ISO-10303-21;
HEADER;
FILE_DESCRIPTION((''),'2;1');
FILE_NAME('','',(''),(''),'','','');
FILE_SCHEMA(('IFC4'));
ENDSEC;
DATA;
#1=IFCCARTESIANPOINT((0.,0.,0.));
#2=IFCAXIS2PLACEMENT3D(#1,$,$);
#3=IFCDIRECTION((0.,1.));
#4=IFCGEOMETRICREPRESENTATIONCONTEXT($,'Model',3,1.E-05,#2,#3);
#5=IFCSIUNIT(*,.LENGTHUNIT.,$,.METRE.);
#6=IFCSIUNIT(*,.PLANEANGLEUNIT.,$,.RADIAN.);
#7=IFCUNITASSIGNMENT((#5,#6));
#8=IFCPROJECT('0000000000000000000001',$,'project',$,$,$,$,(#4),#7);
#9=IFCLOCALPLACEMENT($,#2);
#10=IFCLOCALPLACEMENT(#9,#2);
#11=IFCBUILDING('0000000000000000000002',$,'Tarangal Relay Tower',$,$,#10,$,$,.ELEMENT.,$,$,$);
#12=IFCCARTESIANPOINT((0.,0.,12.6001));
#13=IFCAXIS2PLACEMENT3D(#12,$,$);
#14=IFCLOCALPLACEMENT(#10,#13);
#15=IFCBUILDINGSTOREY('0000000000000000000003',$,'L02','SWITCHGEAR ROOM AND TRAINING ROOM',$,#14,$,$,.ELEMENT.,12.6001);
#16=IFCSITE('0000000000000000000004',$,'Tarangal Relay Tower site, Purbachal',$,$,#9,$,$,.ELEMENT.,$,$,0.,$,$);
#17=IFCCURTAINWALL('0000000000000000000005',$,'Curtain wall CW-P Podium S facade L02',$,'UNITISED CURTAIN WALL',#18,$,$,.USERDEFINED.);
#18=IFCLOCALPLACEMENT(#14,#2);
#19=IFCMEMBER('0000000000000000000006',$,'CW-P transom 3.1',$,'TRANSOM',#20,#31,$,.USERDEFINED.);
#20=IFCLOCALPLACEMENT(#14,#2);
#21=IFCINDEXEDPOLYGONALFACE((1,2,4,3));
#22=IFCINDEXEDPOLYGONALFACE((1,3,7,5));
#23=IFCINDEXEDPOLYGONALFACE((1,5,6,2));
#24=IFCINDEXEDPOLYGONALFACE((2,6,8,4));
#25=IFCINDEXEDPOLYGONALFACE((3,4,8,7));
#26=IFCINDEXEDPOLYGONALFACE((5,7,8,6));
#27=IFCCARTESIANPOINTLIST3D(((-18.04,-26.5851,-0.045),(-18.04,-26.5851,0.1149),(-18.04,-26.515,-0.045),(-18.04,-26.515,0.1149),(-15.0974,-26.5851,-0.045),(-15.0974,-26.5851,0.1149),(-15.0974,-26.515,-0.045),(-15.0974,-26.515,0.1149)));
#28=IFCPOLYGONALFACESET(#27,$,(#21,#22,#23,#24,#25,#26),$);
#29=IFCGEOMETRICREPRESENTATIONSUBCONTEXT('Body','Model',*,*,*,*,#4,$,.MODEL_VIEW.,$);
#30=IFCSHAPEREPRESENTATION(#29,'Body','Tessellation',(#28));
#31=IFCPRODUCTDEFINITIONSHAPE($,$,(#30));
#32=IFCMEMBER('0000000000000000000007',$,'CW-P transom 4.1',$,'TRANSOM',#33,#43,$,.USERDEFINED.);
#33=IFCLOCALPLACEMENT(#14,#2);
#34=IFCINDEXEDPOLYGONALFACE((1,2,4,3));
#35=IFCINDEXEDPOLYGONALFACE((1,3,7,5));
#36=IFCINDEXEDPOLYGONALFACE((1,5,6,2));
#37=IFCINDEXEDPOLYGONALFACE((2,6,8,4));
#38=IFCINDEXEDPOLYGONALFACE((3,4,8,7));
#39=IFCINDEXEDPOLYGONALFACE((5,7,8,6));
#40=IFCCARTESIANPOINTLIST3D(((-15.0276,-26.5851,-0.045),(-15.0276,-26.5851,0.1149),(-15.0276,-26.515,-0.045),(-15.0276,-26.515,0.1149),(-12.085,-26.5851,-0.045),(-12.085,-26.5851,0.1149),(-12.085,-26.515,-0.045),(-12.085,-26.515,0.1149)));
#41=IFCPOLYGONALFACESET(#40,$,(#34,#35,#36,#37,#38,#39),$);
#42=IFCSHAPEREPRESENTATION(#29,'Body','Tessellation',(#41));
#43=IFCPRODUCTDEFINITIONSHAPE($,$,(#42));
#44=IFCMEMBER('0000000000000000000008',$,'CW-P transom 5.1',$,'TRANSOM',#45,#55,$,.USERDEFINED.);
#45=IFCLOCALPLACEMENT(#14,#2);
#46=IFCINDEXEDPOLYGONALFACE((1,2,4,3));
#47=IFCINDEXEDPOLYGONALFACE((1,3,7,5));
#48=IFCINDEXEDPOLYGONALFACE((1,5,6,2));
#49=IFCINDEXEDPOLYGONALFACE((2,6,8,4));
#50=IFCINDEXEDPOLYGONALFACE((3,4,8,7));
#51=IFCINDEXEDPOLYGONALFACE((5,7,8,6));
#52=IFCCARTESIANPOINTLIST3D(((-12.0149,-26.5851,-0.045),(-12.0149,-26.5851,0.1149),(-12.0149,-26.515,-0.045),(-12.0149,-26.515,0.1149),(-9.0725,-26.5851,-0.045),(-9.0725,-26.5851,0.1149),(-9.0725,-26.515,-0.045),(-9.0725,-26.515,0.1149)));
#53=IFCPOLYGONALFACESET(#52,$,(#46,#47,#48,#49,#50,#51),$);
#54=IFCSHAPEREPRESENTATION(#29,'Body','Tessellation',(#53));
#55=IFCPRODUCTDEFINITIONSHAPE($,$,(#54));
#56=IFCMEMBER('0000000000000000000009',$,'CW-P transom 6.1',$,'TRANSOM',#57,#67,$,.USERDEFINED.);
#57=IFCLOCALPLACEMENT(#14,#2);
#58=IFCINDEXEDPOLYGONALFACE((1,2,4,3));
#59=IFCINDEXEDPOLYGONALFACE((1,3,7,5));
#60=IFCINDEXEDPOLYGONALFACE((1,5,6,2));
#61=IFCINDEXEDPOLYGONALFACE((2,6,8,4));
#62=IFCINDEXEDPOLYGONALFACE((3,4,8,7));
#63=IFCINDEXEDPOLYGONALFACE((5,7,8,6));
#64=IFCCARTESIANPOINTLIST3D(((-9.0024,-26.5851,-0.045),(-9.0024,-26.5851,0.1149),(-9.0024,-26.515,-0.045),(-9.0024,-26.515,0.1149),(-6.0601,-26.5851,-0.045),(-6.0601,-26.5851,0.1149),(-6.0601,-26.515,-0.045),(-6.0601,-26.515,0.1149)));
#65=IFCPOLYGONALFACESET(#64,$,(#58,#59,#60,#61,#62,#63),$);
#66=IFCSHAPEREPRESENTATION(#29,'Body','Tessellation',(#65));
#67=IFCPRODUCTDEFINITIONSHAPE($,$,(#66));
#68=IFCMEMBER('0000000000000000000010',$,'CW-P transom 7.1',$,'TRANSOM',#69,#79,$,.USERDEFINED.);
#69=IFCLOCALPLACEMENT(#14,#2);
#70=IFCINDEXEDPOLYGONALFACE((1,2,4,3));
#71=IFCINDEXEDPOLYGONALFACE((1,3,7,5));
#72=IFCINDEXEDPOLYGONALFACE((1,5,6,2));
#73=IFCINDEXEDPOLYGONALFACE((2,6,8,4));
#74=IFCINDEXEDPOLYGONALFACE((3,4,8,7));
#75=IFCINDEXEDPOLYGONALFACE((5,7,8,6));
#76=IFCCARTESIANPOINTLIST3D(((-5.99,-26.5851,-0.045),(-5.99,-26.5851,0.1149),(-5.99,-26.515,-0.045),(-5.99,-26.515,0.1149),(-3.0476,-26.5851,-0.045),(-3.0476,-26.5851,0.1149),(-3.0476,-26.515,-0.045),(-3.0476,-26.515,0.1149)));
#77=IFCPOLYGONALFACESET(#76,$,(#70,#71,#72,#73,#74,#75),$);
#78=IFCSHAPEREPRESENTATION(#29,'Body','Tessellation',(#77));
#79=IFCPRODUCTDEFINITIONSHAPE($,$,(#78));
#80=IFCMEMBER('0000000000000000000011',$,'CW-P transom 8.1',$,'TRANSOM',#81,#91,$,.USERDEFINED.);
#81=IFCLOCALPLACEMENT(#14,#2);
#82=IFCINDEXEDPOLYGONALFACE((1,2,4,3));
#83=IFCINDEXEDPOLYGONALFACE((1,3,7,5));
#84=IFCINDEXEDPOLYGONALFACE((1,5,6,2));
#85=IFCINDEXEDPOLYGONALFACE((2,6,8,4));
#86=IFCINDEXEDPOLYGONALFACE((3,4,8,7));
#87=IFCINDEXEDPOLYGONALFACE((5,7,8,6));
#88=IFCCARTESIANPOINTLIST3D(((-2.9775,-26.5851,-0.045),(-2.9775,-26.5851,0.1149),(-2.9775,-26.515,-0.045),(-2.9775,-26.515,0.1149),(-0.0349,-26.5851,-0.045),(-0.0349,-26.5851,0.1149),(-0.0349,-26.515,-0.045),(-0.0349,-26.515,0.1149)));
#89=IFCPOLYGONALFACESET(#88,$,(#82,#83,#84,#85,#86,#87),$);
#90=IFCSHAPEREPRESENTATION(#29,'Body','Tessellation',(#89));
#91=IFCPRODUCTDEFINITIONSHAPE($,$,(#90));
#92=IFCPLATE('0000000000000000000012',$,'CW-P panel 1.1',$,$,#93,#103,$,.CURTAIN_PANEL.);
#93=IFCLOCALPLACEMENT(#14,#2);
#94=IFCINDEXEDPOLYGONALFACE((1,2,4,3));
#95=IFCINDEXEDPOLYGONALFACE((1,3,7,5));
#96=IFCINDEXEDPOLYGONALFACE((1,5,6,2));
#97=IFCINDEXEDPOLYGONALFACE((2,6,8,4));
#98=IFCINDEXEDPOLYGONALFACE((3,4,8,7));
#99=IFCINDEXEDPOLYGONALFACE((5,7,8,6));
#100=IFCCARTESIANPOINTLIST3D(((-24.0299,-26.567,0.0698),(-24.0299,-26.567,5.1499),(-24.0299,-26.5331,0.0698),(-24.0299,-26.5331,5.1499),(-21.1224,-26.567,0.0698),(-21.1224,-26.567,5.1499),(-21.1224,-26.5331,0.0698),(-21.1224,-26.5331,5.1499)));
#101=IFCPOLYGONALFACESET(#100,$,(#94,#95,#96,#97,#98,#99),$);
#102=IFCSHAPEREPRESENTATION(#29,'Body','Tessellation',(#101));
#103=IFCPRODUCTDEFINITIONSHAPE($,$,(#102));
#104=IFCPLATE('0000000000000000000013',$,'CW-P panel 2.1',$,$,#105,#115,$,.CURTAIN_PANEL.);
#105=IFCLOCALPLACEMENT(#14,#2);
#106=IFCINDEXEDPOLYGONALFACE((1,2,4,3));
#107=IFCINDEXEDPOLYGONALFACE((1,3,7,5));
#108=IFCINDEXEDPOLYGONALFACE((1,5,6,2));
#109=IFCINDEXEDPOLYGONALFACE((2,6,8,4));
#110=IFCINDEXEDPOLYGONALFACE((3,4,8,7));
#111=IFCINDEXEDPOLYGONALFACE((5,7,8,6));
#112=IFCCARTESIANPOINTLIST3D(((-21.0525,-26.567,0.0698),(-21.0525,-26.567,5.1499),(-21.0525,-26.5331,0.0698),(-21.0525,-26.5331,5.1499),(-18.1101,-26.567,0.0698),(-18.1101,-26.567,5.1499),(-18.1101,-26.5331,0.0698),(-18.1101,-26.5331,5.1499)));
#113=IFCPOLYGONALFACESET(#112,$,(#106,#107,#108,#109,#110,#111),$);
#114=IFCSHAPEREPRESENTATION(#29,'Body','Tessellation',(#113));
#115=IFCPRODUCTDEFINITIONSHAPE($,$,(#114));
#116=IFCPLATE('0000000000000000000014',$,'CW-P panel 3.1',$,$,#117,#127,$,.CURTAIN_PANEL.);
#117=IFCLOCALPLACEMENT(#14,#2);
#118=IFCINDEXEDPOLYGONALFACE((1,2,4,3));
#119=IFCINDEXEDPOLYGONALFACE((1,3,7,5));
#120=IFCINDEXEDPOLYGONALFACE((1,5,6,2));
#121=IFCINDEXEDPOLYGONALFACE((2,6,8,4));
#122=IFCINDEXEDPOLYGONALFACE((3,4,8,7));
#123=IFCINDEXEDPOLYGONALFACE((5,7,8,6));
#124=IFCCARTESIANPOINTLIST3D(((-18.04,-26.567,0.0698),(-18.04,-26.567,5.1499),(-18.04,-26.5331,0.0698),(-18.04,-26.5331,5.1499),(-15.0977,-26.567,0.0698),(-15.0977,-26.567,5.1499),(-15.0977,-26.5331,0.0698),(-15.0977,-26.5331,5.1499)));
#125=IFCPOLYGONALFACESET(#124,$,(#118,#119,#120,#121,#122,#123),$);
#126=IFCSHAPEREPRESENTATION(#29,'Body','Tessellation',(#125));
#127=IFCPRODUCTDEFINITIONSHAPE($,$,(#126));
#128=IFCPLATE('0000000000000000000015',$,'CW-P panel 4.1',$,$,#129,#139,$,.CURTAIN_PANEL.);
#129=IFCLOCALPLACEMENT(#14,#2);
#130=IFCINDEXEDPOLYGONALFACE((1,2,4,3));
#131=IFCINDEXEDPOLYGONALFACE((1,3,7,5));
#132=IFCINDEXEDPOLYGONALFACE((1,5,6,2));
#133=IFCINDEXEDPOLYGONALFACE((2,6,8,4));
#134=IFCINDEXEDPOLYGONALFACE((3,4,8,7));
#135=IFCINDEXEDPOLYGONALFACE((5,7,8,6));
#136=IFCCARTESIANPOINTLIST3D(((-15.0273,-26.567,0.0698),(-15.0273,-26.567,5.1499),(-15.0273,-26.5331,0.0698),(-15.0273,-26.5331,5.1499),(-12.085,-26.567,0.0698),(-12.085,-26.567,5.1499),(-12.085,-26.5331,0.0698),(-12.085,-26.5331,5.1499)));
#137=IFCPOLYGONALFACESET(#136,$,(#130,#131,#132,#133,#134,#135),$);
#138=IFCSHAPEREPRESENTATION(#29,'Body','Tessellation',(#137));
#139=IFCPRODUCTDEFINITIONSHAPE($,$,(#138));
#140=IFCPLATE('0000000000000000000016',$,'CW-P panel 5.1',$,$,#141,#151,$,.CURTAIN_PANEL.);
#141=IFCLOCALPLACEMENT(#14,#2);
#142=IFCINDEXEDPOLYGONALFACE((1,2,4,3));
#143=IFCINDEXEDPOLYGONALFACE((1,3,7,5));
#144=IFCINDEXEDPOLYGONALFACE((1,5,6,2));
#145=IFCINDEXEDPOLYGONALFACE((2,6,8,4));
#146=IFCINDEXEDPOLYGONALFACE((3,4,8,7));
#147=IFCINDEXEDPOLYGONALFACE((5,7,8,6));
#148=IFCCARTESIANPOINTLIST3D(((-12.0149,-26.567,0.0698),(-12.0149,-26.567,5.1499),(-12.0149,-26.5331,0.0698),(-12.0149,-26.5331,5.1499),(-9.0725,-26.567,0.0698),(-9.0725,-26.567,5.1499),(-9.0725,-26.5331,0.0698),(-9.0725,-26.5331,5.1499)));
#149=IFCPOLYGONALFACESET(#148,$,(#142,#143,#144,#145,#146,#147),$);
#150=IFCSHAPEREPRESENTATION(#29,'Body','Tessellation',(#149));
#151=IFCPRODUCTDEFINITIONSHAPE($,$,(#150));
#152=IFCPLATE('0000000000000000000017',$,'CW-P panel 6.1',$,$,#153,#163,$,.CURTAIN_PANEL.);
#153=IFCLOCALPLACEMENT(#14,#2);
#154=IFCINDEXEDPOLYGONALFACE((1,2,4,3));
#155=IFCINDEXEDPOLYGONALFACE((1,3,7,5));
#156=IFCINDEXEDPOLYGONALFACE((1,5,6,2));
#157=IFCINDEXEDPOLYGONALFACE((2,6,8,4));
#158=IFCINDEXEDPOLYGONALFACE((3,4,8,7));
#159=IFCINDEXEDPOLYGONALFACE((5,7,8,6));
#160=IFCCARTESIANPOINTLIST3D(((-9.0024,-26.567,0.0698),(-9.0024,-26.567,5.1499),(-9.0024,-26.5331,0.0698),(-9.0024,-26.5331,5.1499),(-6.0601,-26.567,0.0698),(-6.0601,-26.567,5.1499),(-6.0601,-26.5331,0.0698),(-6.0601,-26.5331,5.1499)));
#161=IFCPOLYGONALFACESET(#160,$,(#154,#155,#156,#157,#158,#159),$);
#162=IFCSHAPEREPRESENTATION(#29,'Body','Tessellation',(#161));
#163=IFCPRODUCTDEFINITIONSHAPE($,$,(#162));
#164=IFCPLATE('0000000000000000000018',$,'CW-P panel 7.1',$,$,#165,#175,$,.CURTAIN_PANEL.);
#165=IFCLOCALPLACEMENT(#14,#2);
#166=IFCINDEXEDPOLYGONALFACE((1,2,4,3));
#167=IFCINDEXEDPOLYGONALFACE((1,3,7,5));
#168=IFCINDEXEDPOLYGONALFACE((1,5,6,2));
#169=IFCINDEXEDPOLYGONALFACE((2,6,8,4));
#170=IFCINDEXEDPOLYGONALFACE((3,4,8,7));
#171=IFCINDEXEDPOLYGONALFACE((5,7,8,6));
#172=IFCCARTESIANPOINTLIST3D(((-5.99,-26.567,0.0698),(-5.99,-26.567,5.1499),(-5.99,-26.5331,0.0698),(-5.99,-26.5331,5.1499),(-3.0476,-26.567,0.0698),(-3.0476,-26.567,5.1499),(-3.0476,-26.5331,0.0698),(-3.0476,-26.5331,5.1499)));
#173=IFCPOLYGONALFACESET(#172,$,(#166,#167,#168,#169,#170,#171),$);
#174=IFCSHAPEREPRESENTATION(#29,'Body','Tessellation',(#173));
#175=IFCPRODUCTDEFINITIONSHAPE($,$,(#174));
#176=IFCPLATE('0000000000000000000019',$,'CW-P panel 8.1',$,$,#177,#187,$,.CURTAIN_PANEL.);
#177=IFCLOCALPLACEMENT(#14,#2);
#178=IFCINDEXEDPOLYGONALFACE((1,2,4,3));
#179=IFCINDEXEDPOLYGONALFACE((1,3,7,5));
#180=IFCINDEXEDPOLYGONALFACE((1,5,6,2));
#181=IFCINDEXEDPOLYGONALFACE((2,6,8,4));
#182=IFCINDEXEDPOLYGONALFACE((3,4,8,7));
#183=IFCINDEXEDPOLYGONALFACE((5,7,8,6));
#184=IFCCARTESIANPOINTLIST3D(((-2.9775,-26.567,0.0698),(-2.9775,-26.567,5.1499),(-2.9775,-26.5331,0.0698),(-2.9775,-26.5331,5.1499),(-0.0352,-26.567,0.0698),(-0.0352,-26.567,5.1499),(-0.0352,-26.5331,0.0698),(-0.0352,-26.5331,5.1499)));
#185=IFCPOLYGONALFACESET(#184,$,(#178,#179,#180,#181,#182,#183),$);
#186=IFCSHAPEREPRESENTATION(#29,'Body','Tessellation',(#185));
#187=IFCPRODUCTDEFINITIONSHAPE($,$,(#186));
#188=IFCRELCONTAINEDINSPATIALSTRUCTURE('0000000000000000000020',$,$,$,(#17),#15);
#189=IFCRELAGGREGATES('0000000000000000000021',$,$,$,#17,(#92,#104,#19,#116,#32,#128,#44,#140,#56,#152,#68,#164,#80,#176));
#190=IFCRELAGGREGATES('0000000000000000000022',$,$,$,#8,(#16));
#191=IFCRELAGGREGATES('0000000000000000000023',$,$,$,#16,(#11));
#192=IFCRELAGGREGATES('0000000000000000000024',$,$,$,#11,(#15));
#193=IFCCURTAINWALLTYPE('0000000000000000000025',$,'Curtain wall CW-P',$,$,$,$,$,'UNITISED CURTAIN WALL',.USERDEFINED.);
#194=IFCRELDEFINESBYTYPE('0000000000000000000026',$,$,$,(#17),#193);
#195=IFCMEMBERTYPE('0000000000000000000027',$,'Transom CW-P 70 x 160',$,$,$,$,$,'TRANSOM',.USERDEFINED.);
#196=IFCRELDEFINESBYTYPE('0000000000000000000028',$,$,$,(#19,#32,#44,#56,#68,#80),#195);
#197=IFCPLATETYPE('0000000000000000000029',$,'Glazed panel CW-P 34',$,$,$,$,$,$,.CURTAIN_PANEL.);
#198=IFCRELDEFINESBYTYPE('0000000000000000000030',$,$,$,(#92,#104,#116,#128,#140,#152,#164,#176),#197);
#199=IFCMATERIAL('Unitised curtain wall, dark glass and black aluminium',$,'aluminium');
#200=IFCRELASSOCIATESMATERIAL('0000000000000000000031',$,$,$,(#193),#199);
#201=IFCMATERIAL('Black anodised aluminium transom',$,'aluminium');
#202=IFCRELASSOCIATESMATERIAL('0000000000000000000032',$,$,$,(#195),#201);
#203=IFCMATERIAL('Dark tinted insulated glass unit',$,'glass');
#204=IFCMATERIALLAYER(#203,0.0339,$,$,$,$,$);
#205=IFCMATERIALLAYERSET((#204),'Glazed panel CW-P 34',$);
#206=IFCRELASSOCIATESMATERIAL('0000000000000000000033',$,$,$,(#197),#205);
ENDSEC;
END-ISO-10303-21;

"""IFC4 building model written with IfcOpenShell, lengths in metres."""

from ifc_helpers import new_model, si_unit, direction, frame, origin, origin_2d, place, context, subcontext, project, spatial, rectangle, extrude, material, layer, layer_set, material_profile, profile_set, type_object, element, aggregate, save


model = new_model("IFC4")

# Units and contexts
model_context = context("Model", 3, precision=1e-05, world=origin(), true_north=direction((0.0, 1.0)))
body_context = subcontext(model_context, "Body", "Model", "MODEL_VIEW")
ifc_project = project(units=[si_unit("LENGTHUNIT", "METRE"), si_unit("PLANEANGLEUNIT", "RADIAN")], contexts=[model_context])

# Site, building, storey
site_placement = place(None, origin())
site = spatial("IfcSite", under=ifc_project, at=site_placement, Name="Tarangal Relay Tower site, Purbachal", CompositionType="ELEMENT", RefElevation=0.0)
building_placement = place(site_placement, origin())
building = spatial("IfcBuilding", under=site, at=building_placement, Name="Tarangal Relay Tower", CompositionType="ELEMENT")
storey_placement = place(building_placement, frame((0.0, 0.0, 12.6001)))
storey = spatial("IfcBuildingStorey", under=building, at=storey_placement, Name="L02", Description="SWITCHGEAR ROOM AND TRAINING ROOM", CompositionType="ELEMENT", Elevation=12.6001)

# Curtain wall, members, plates
ifc_material_1 = material(Name="Unitised curtain wall, dark glass and black aluminium", Category="aluminium")
curtain_wall_type = type_object("IfcCurtainWallType", Name="Curtain wall CW-P", ElementType="UNITISED CURTAIN WALL", PredefinedType="USERDEFINED", material=ifc_material_1)
curtain_wall_placement = place(storey_placement, origin())
curtain_wall = element("IfcCurtainWall", 1, at=curtain_wall_placement, inside=storey, type_object=curtain_wall_type, Name="Curtain wall CW-P Podium S facade L02", ObjectType="UNITISED CURTAIN WALL", PredefinedType="USERDEFINED")
ifc_material_2 = material(Name="Black anodised aluminium transom", Category="aluminium")
ifc_material_profile_1 = material_profile(ifc_material_2, rectangle(XDim=0.0701, YDim=0.1599, at=origin_2d()), Name="CW-PT 70X160")
ifc_profile_set_1 = profile_set([ifc_material_profile_1], Name="Black anodised aluminium transom")
member_type_1 = type_object("IfcMemberType", Name="Transom CW-P 70 x 160", ElementType="TRANSOM", PredefinedType="USERDEFINED", material=ifc_profile_set_1)
member_1_placement = place(storey_placement, frame((-18.04, -26.55, 0.0349), z_axis=(1.0, 0.0, 0.0), x_axis=(0.0, 1.0, 0.0)))
member_1 = element("IfcMember", 2, at=member_1_placement, type_object=member_type_1, Name="CW-P transom 3.1", ObjectType="TRANSOM", PredefinedType="USERDEFINED", context=body_context, shape_type="SweptSolid", body=[
    extrude(rectangle(XDim=0.0701, YDim=0.1599, at=origin_2d()), origin(), (0.0, 0.0, 1.0), 2.9426),
])
member_2_placement = place(storey_placement, frame((-15.0276, -26.55, 0.0349), z_axis=(1.0, 0.0, 0.0), x_axis=(0.0, 1.0, 0.0)))
member_2 = element("IfcMember", 3, at=member_2_placement, type_object=member_type_1, Name="CW-P transom 4.1", ObjectType="TRANSOM", PredefinedType="USERDEFINED", context=body_context, shape_type="SweptSolid", body=[
    extrude(rectangle(XDim=0.0701, YDim=0.1599, at=origin_2d()), origin(), (0.0, 0.0, 1.0), 2.9426),
])
member_3_placement = place(storey_placement, frame((-12.0149, -26.55, 0.0349), z_axis=(1.0, 0.0, 0.0), x_axis=(0.0, 1.0, 0.0)))
member_3 = element("IfcMember", 4, at=member_3_placement, type_object=member_type_1, Name="CW-P transom 5.1", ObjectType="TRANSOM", PredefinedType="USERDEFINED", context=body_context, shape_type="SweptSolid", body=[
    extrude(rectangle(XDim=0.0701, YDim=0.1599, at=origin_2d()), origin(), (0.0, 0.0, 1.0), 2.9424),
])
member_4_placement = place(storey_placement, frame((-9.0024, -26.55, 0.0349), z_axis=(1.0, 0.0, 0.0), x_axis=(0.0, 1.0, 0.0)))
member_4 = element("IfcMember", 5, at=member_4_placement, type_object=member_type_1, Name="CW-P transom 6.1", ObjectType="TRANSOM", PredefinedType="USERDEFINED", context=body_context, shape_type="SweptSolid", body=[
    extrude(rectangle(XDim=0.0701, YDim=0.1599, at=origin_2d()), origin(), (0.0, 0.0, 1.0), 2.9424),
])
member_5_placement = place(storey_placement, frame((-5.99, -26.55, 0.0349), z_axis=(1.0, 0.0, 0.0), x_axis=(0.0, 1.0, 0.0)))
member_5 = element("IfcMember", 6, at=member_5_placement, type_object=member_type_1, Name="CW-P transom 7.1", ObjectType="TRANSOM", PredefinedType="USERDEFINED", context=body_context, shape_type="SweptSolid", body=[
    extrude(rectangle(XDim=0.0701, YDim=0.1599, at=origin_2d()), origin(), (0.0, 0.0, 1.0), 2.9424),
])
member_6_placement = place(storey_placement, frame((-2.9775, -26.55, 0.0349), z_axis=(1.0, 0.0, 0.0), x_axis=(0.0, 1.0, 0.0)))
member_6 = element("IfcMember", 7, at=member_6_placement, type_object=member_type_1, Name="CW-P transom 8.1", ObjectType="TRANSOM", PredefinedType="USERDEFINED", context=body_context, shape_type="SweptSolid", body=[
    extrude(rectangle(XDim=0.0701, YDim=0.1599, at=origin_2d()), origin(), (0.0, 0.0, 1.0), 2.9426),
])
ifc_material_3 = material(Name="Dark tinted insulated glass unit", Category="glass")
ifc_layer_1 = layer(ifc_material_3, 0.0339)
ifc_layer_set_1 = layer_set([ifc_layer_1], Name="Glazed panel CW-P 34")
plate_type = type_object("IfcPlateType", Name="Glazed panel CW-P 34", PredefinedType="CURTAIN_PANEL", material=ifc_layer_set_1)
plate_1_placement = place(storey_placement, frame((-22.5762, -26.55, 0.0698), z_axis=(0.0, 0.0, 1.0), x_axis=(1.0, 0.0, 0.0)))
plate_1 = element("IfcPlate", 8, at=plate_1_placement, type_object=plate_type, Name="CW-P panel 1.1", PredefinedType="CURTAIN_PANEL", context=body_context, shape_type="SweptSolid", body=[
    extrude(rectangle(XDim=2.9075, YDim=0.0339, at=origin_2d()), origin(), (0.0, 0.0, 1.0), 5.0801),
])
plate_2_placement = place(storey_placement, frame((-19.5813, -26.55, 0.0698), z_axis=(0.0, 0.0, 1.0), x_axis=(1.0, 0.0, 0.0)))
plate_2 = element("IfcPlate", 9, at=plate_2_placement, type_object=plate_type, Name="CW-P panel 2.1", PredefinedType="CURTAIN_PANEL", context=body_context, shape_type="SweptSolid", body=[
    extrude(rectangle(XDim=2.9424, YDim=0.0339, at=origin_2d()), origin(), (0.0, 0.0, 1.0), 5.0801),
])
plate_3_placement = place(storey_placement, frame((-16.5688, -26.55, 0.0698), z_axis=(0.0, 0.0, 1.0), x_axis=(1.0, 0.0, 0.0)))
plate_3 = element("IfcPlate", 10, at=plate_3_placement, type_object=plate_type, Name="CW-P panel 3.1", PredefinedType="CURTAIN_PANEL", context=body_context, shape_type="SweptSolid", body=[
    extrude(rectangle(XDim=2.9424, YDim=0.0339, at=origin_2d()), origin(), (0.0, 0.0, 1.0), 5.0801),
])
plate_4_placement = place(storey_placement, frame((-13.5562, -26.55, 0.0698), z_axis=(0.0, 0.0, 1.0), x_axis=(1.0, 0.0, 0.0)))
plate_4 = element("IfcPlate", 11, at=plate_4_placement, type_object=plate_type, Name="CW-P panel 4.1", PredefinedType="CURTAIN_PANEL", context=body_context, shape_type="SweptSolid", body=[
    extrude(rectangle(XDim=2.9424, YDim=0.0339, at=origin_2d()), origin(), (0.0, 0.0, 1.0), 5.0801),
])
plate_5_placement = place(storey_placement, frame((-10.5437, -26.55, 0.0698), z_axis=(0.0, 0.0, 1.0), x_axis=(1.0, 0.0, 0.0)))
plate_5 = element("IfcPlate", 12, at=plate_5_placement, type_object=plate_type, Name="CW-P panel 5.1", PredefinedType="CURTAIN_PANEL", context=body_context, shape_type="SweptSolid", body=[
    extrude(rectangle(XDim=2.9424, YDim=0.0339, at=origin_2d()), origin(), (0.0, 0.0, 1.0), 5.0801),
])
plate_6_placement = place(storey_placement, frame((-7.5312, -26.55, 0.0698), z_axis=(0.0, 0.0, 1.0), x_axis=(1.0, 0.0, 0.0)))
plate_6 = element("IfcPlate", 13, at=plate_6_placement, type_object=plate_type, Name="CW-P panel 6.1", PredefinedType="CURTAIN_PANEL", context=body_context, shape_type="SweptSolid", body=[
    extrude(rectangle(XDim=2.9424, YDim=0.0339, at=origin_2d()), origin(), (0.0, 0.0, 1.0), 5.0801),
])
plate_7_placement = place(storey_placement, frame((-4.5188, -26.55, 0.0698), z_axis=(0.0, 0.0, 1.0), x_axis=(1.0, 0.0, 0.0)))
plate_7 = element("IfcPlate", 14, at=plate_7_placement, type_object=plate_type, Name="CW-P panel 7.1", PredefinedType="CURTAIN_PANEL", context=body_context, shape_type="SweptSolid", body=[
    extrude(rectangle(XDim=2.9424, YDim=0.0339, at=origin_2d()), origin(), (0.0, 0.0, 1.0), 5.0801),
])
plate_8_placement = place(storey_placement, frame((-1.5063, -26.55, 0.0698), z_axis=(0.0, 0.0, 1.0), x_axis=(1.0, 0.0, 0.0)))
plate_8 = element("IfcPlate", 15, at=plate_8_placement, type_object=plate_type, Name="CW-P panel 8.1", PredefinedType="CURTAIN_PANEL", context=body_context, shape_type="SweptSolid", body=[
    extrude(rectangle(XDim=2.9424, YDim=0.0339, at=origin_2d()), origin(), (0.0, 0.0, 1.0), 5.0801),
])
aggregate(curtain_wall, [plate_1, plate_2, member_1, plate_3, member_2, plate_4, member_3, plate_5, member_4, plate_6, member_5, plate_7, member_6, plate_8])

save(model, "model.ifc")
